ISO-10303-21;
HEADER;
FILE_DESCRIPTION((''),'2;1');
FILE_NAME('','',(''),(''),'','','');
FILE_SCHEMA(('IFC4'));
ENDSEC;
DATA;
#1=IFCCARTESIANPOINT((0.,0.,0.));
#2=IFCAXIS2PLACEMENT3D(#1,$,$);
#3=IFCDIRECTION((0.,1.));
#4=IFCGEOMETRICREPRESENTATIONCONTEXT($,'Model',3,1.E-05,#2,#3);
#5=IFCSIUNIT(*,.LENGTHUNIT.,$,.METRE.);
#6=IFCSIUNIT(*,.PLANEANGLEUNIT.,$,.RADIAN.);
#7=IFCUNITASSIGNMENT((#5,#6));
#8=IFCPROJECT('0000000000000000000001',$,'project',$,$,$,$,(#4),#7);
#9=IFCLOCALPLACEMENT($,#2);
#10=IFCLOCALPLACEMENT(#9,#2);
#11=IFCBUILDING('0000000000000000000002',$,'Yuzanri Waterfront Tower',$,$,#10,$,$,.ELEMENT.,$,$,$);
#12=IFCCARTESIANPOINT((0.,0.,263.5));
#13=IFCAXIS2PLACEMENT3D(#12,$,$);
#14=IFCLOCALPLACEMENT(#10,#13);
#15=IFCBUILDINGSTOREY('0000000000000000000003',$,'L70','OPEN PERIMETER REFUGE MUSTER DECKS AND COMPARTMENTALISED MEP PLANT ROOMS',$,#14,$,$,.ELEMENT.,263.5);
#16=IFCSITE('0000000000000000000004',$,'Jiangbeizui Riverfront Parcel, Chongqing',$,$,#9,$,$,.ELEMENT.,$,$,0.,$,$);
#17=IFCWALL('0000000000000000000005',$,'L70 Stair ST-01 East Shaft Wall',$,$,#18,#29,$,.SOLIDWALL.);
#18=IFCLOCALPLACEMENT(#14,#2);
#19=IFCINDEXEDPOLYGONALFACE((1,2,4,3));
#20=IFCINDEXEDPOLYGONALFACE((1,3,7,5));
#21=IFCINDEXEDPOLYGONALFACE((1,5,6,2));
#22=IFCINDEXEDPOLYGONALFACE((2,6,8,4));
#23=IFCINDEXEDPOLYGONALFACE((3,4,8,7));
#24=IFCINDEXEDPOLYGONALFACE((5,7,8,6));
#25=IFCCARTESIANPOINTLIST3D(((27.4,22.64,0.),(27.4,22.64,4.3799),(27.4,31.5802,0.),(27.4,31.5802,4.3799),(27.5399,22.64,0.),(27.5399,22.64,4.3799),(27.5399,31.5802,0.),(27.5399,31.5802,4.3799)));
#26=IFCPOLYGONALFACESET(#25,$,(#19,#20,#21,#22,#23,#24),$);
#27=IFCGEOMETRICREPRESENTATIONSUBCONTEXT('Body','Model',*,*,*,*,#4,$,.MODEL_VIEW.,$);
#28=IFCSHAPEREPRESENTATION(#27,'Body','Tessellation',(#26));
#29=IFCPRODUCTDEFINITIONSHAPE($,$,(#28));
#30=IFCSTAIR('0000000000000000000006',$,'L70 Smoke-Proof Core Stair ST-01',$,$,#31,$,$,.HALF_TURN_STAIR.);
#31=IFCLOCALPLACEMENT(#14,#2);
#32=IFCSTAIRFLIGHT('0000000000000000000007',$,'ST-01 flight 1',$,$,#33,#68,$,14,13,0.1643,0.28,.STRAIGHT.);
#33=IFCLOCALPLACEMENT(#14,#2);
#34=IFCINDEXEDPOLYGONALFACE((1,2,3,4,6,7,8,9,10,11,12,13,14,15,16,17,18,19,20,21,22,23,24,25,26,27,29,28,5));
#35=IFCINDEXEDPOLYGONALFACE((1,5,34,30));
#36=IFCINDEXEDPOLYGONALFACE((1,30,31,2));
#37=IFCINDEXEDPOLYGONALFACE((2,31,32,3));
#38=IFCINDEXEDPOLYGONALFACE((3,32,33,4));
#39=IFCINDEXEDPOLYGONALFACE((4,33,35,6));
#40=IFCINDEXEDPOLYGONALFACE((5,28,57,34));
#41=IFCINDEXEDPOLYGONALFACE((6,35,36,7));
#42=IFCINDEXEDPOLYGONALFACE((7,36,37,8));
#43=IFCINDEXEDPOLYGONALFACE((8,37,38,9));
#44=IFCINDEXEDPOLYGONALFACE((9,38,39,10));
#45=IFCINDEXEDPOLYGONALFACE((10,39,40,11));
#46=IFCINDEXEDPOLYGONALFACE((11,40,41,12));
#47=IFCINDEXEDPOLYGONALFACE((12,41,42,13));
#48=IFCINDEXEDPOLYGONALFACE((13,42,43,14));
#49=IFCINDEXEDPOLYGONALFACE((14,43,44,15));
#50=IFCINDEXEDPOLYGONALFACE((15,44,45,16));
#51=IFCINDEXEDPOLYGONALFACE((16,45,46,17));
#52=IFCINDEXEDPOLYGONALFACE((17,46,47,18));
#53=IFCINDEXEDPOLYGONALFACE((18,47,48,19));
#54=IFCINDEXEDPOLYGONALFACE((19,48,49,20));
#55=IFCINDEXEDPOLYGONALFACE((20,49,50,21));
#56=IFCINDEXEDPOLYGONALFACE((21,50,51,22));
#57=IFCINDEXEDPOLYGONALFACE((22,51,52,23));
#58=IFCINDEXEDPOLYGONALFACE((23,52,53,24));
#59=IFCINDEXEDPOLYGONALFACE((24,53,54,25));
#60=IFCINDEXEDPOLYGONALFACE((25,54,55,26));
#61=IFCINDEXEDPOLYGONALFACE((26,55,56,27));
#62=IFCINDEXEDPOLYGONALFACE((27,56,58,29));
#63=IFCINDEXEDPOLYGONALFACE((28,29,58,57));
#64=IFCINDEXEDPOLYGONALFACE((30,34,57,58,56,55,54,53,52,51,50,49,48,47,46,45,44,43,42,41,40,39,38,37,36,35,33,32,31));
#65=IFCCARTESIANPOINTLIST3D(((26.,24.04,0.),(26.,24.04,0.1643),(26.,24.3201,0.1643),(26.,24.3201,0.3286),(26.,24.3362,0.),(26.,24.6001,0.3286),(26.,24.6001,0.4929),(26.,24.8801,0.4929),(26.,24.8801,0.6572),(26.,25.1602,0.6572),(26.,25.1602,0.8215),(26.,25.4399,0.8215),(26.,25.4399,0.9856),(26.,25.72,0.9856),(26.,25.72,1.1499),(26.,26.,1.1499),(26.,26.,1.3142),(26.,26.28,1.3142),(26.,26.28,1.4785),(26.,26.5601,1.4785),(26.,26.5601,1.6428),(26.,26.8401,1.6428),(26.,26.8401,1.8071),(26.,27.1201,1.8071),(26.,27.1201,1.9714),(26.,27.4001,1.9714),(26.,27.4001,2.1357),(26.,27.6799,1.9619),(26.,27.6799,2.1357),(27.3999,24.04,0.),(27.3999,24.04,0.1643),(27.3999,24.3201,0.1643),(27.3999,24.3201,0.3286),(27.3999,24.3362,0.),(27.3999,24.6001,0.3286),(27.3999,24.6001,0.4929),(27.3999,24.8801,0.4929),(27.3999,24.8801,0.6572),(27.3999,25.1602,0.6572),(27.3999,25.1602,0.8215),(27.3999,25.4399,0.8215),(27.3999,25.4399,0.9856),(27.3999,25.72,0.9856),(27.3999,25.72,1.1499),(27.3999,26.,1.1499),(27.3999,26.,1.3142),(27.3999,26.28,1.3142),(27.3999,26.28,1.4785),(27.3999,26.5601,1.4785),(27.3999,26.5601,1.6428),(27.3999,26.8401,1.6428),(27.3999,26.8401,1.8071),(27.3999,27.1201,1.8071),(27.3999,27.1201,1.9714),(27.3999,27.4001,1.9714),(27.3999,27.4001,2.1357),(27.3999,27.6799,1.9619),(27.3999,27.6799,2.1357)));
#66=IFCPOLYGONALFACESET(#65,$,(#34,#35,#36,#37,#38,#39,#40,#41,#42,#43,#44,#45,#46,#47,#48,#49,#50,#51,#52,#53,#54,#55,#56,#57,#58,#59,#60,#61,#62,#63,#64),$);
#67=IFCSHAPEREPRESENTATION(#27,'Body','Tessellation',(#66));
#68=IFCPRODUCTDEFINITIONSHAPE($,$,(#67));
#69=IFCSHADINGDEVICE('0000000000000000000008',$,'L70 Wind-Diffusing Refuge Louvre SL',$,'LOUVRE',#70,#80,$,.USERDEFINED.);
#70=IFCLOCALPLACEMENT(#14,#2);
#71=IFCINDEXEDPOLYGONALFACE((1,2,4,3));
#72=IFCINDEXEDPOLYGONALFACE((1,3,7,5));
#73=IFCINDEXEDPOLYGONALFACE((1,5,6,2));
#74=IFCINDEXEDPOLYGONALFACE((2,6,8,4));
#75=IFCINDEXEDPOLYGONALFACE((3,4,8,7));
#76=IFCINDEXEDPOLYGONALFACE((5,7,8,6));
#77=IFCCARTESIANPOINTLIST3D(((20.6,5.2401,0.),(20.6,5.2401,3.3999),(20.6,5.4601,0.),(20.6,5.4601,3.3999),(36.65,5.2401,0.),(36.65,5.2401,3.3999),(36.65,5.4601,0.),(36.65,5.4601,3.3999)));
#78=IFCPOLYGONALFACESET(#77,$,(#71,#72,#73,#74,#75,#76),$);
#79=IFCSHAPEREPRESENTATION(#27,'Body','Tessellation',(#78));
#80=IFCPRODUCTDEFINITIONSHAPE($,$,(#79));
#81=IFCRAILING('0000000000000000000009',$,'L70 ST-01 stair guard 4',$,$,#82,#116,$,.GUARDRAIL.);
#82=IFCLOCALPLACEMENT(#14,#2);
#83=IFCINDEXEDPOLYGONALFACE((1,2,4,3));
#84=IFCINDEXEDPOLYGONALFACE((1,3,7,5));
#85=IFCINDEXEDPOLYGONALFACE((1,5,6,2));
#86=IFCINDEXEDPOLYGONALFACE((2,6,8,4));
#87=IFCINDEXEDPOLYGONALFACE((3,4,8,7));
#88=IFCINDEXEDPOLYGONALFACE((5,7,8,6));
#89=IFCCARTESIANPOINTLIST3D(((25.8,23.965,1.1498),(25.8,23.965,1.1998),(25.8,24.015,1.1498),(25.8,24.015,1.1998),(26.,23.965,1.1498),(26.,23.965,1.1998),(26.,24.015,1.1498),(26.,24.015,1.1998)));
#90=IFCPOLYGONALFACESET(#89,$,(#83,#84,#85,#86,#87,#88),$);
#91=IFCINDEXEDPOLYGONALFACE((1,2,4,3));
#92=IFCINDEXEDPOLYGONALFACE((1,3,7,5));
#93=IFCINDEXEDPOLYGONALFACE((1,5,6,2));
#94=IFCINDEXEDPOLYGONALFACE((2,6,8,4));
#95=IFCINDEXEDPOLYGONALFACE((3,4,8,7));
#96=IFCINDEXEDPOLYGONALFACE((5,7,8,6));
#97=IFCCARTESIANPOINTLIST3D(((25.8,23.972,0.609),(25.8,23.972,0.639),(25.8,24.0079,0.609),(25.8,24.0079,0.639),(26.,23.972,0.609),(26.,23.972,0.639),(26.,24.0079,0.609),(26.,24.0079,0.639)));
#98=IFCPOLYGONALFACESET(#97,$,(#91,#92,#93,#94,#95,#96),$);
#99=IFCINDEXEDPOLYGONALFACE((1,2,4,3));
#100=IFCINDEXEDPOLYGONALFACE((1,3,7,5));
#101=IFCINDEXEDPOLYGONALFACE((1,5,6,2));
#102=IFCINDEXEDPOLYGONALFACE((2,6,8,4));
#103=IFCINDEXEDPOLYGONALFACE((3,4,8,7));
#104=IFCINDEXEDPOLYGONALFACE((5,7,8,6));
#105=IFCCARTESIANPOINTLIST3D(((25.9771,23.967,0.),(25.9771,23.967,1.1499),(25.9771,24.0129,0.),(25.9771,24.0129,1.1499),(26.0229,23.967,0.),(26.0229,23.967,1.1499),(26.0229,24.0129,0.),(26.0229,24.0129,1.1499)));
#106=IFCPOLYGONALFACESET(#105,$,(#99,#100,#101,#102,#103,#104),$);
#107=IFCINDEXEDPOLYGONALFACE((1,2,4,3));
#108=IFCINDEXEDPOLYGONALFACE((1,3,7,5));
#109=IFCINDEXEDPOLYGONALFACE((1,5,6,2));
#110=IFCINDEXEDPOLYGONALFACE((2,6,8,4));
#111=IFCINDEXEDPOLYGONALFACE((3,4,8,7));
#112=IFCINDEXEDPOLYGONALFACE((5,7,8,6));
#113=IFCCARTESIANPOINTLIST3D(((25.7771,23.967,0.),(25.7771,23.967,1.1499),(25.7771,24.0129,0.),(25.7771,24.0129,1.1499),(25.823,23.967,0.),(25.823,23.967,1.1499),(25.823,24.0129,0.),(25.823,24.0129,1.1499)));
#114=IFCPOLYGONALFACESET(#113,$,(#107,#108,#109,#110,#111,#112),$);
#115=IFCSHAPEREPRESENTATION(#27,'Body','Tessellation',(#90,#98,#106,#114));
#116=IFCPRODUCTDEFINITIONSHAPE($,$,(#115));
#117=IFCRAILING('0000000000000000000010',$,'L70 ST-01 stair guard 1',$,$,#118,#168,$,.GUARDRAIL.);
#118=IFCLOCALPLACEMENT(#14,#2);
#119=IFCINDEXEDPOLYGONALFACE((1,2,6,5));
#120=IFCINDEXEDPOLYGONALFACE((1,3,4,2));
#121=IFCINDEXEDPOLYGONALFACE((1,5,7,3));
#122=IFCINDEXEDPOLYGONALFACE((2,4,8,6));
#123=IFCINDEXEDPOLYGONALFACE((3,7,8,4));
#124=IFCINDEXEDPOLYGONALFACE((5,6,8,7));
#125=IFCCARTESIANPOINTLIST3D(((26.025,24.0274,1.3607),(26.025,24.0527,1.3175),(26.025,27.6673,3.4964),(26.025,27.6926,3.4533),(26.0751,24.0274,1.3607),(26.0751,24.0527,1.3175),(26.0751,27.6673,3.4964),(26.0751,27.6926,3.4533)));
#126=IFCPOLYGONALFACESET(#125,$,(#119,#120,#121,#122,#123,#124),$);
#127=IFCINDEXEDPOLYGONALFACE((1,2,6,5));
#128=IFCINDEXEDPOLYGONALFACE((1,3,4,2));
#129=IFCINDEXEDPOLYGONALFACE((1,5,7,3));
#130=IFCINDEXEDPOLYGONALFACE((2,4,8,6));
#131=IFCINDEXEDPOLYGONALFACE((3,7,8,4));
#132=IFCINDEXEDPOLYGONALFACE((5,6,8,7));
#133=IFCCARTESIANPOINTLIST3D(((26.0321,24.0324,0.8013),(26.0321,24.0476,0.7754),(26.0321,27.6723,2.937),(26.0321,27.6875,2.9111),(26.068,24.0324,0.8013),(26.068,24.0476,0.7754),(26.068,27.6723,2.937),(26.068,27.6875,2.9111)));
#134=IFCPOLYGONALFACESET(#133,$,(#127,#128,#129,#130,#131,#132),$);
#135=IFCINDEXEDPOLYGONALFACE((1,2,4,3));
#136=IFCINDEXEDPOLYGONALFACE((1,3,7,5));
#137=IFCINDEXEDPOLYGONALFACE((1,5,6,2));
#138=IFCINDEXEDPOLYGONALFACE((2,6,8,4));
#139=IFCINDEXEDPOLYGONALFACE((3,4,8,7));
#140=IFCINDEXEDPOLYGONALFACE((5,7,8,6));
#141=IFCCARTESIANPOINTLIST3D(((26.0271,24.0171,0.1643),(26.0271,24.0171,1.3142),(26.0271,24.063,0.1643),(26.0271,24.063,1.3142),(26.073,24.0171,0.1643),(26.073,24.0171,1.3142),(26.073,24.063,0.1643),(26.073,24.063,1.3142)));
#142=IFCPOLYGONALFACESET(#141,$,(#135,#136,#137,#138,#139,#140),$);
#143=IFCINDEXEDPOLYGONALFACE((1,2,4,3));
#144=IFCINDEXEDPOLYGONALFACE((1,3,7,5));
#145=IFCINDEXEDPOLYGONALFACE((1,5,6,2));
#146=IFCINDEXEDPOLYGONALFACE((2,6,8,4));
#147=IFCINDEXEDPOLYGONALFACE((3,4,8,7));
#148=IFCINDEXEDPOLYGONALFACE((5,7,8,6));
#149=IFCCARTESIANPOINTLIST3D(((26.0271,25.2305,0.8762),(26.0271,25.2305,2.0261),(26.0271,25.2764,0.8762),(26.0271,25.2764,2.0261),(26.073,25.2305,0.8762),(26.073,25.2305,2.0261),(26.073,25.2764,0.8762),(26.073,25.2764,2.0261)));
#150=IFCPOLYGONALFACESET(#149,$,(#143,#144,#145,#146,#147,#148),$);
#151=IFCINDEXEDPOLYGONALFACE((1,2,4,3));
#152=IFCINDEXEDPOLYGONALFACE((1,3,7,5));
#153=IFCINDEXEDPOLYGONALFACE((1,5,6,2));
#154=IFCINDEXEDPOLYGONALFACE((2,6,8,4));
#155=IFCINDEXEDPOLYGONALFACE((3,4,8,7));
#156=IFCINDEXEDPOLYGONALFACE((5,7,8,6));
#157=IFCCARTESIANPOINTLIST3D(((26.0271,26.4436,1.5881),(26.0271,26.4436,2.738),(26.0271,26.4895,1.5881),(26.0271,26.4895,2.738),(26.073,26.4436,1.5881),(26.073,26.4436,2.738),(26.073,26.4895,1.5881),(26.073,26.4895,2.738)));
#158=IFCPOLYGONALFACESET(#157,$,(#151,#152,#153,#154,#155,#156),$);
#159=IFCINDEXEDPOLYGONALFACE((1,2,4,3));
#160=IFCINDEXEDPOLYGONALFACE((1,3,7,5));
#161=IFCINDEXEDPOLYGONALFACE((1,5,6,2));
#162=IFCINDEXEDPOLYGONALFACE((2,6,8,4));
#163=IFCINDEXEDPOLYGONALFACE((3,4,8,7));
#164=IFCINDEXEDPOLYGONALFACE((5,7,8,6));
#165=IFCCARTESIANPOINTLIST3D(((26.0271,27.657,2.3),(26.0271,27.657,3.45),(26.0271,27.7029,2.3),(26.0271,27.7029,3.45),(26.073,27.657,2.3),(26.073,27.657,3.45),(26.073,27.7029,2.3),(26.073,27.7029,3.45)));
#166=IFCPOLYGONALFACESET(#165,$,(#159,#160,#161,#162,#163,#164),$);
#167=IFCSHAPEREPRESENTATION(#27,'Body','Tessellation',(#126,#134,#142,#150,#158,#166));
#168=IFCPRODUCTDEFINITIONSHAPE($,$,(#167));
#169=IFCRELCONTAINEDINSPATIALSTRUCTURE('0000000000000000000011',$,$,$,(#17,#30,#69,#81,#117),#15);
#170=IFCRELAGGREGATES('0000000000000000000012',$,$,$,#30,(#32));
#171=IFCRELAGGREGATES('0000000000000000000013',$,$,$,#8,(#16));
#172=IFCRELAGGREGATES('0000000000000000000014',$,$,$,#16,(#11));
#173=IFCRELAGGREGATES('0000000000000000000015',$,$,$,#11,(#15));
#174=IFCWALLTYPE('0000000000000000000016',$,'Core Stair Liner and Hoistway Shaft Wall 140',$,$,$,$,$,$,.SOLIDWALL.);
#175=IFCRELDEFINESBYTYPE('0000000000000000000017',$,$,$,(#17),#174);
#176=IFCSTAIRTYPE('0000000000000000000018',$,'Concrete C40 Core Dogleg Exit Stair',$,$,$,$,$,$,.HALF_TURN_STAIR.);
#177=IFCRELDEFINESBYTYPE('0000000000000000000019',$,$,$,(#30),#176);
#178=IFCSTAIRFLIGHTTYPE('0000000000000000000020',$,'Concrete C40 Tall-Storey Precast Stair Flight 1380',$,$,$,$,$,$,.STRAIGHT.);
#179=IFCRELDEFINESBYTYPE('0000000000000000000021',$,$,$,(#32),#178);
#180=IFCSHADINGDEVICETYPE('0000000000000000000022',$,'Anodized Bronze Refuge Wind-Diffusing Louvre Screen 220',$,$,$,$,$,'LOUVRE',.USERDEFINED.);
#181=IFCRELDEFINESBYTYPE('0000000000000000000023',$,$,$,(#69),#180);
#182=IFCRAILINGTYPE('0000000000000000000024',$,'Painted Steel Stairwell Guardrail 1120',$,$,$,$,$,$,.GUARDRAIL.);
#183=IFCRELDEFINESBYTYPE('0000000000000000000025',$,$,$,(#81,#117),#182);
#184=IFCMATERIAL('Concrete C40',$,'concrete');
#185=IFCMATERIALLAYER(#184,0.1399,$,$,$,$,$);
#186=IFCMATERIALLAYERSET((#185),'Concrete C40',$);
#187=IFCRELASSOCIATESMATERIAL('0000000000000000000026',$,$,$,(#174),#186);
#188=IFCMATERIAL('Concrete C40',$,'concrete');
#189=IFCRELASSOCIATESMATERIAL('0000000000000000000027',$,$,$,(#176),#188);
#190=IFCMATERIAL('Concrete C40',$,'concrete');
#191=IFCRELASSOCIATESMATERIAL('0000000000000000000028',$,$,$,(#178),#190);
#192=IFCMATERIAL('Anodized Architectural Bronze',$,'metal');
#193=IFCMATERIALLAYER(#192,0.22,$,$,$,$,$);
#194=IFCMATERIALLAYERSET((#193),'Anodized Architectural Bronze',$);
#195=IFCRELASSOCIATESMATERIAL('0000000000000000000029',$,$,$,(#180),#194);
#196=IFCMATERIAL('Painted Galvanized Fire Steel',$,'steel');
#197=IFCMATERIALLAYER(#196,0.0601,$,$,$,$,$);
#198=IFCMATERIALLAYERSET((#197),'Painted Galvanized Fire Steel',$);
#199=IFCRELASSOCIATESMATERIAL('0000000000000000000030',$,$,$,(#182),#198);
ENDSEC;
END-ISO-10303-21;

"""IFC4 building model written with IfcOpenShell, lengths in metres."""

from ifc_helpers import new_model, si_unit, direction, frame, frame_2d, origin, origin_2d, place, context, subcontext, project, spatial, polyline, rectangle, outline, extrude, source, transform, mapped, material, layer, layer_set, type_object, element, aggregate, save


model = new_model("IFC4")

# Units and contexts
model_context = context("Model", 3, precision=1e-05, world=origin(), true_north=direction((0.0, 1.0)))
body_context = subcontext(model_context, "Body", "Model", "MODEL_VIEW")
ifc_project = project(units=[si_unit("LENGTHUNIT", "METRE"), si_unit("PLANEANGLEUNIT", "RADIAN")], contexts=[model_context])

# Site, building, storey
site_placement = place(None, origin())
site = spatial("IfcSite", under=ifc_project, at=site_placement, Name="Jiangbeizui Riverfront Parcel, Chongqing", CompositionType="ELEMENT", RefElevation=0.0)
building_placement = place(site_placement, origin())
building = spatial("IfcBuilding", under=site, at=building_placement, Name="Yuzanri Waterfront Tower", CompositionType="ELEMENT")
storey_placement = place(building_placement, frame((0.0, 0.0, 263.5)))
storey = spatial("IfcBuildingStorey", under=building, at=storey_placement, Name="L70", Description="OPEN PERIMETER REFUGE MUSTER DECKS AND COMPARTMENTALISED MEP PLANT ROOMS", CompositionType="ELEMENT", Elevation=263.5)

# Shared definitions
ifc_material_1 = material(Name="Concrete C40", Category="concrete")
ifc_layer_1 = layer(ifc_material_1, 0.1399)
ifc_layer_set_1 = layer_set([ifc_layer_1], Name="Concrete C40")
wall_type_1 = type_object("IfcWallType", Name="Core Stair Liner and Hoistway Shaft Wall 140", PredefinedType="SOLIDWALL", material=ifc_layer_set_1)

# Wall
shared_shape_1 = source(origin(), body_context, "Body", "SweptSolid", [
    extrude(rectangle(XDim=8.9402, YDim=0.1399, at=frame_2d((4.4702, 0.0))), origin(), (0.0, 0.0, 1.0), 4.3799),
])
for number, where, z_axis, x_axis, name in (
    (1, (27.47, 22.6399, 0.0), (0.0, 0.0, 1.0), (0.0, 1.0, 0.0), "L70 Stair ST-01 East Shaft Wall"),
):
    element("IfcWall", number, at=place(storey_placement, frame(where, z_axis=z_axis, x_axis=x_axis)), inside=storey, type_object=wall_type_1, Name=name, PredefinedType="SOLIDWALL", context=body_context, shape_type="MappedRepresentation", body=[
        mapped(shared_shape_1, transform((0.0, 0.0, 0.0), scale=1.0)),
    ])

# Stair, stair flight
ifc_material_2 = material(Name="Concrete C40", Category="concrete")
stair_type = type_object("IfcStairType", Name="Concrete C40 Core Dogleg Exit Stair", PredefinedType="HALF_TURN_STAIR", material=ifc_material_2)
stair_placement = place(storey_placement, origin())
stair = element("IfcStair", 2, at=stair_placement, inside=storey, type_object=stair_type, Name="L70 Smoke-Proof Core Stair ST-01", PredefinedType="HALF_TURN_STAIR")
ifc_material_3 = material(Name="Concrete C40", Category="concrete")
stair_flight_type = type_object("IfcStairFlightType", Name="Concrete C40 Tall-Storey Precast Stair Flight 1380", PredefinedType="STRAIGHT", material=ifc_material_3)
shared_shape_2 = source(origin(), body_context, "Body", "SweptSolid", [
    extrude(outline(polyline([(0.0, 0.0), (0.0, 0.1643), (0.28, 0.1643), (0.28, 0.3286), (0.5601, 0.3286), (0.5601, 0.4929), (0.8401, 0.4929), (0.8401, 0.6572), (1.1201, 0.6572), (1.1201, 0.8215), (1.3999, 0.8215), (1.3999, 0.9856), (1.6799, 0.9856), (1.6799, 1.1499), (1.96, 1.1499), (1.96, 1.3142), (2.24, 1.3142), (2.24, 1.4785), (2.52, 1.4785), (2.52, 1.6428), (2.8, 1.6428), (2.8, 1.8071), (3.0801, 1.8071), (3.0801, 1.9714), (3.3601, 1.9714), (3.3601, 2.1357), (3.6399, 2.1357), (3.6399, 2.3), (3.6399, 1.9619), (0.2961, 0.0), (0.0, 0.0)])), frame((0.0, 0.7, 0.0), z_axis=(0.0, -1.0, 0.0), x_axis=(1.0, 0.0, 0.0)), (0.0, 0.0, 1.0), 1.3999),
])
stair_flight_placement = place(storey_placement, frame((26.7, 24.04, 0.0), z_axis=(0.0, 0.0, 1.0), x_axis=(0.0, 1.0, 0.0)))
stair_flight = element("IfcStairFlight", 3, at=stair_flight_placement, type_object=stair_flight_type, Name="ST-01 flight 1", NumberOfRisers=14, NumberOfTreads=13, PredefinedType="STRAIGHT", RiserHeight=0.1643, TreadLength=0.28, context=body_context, shape_type="MappedRepresentation", body=[
    mapped(shared_shape_2, transform((0.0, 0.0, 0.0), scale=1.0)),
])
aggregate(stair, [stair_flight])

# Shading device
ifc_material_4 = material(Name="Anodized Architectural Bronze", Category="metal")
ifc_layer_2 = layer(ifc_material_4, 0.22)
ifc_layer_set_2 = layer_set([ifc_layer_2], Name="Anodized Architectural Bronze")
shading_device_type = type_object("IfcShadingDeviceType", Name="Anodized Bronze Refuge Wind-Diffusing Louvre Screen 220", ElementType="LOUVRE", PredefinedType="USERDEFINED", material=ifc_layer_set_2)
shared_shape_3 = source(origin(), body_context, "Body", "SweptSolid", [
    extrude(rectangle(XDim=16.05, YDim=0.22, at=origin_2d()), origin(), (0.0, 0.0, 1.0), 3.3999),
])
shading_device_placement = place(storey_placement, frame((28.625, 5.3501, 0.0), z_axis=(0.0, 0.0, 1.0), x_axis=(1.0, 0.0, 0.0)))
element("IfcShadingDevice", 4, at=shading_device_placement, inside=storey, type_object=shading_device_type, Name="L70 Wind-Diffusing Refuge Louvre SL", ObjectType="LOUVRE", PredefinedType="USERDEFINED", context=body_context, shape_type="MappedRepresentation", body=[
    mapped(shared_shape_3, transform((0.0, 0.0, 0.0), scale=1.0)),
])

# Railings
ifc_material_5 = material(Name="Painted Galvanized Fire Steel", Category="steel")
ifc_layer_3 = layer(ifc_material_5, 0.0601)
ifc_layer_set_3 = layer_set([ifc_layer_3], Name="Painted Galvanized Fire Steel")
railing_type_1 = type_object("IfcRailingType", Name="Painted Steel Stairwell Guardrail 1120", PredefinedType="GUARDRAIL", material=ifc_layer_set_3)
shared_shape_4 = source(origin(), body_context, "Body", "SweptSolid", [
    extrude(rectangle(XDim=0.05, YDim=0.05, at=origin_2d()), frame((0.0, 0.0, 1.1748), z_axis=(-1.0, 0.0, 0.0), x_axis=(0.0, -1.0, 0.0)), (0.0, 0.0, 1.0), 0.2),
    extrude(rectangle(XDim=0.0359, YDim=0.03, at=origin_2d()), frame((0.0, 0.0, 0.624), z_axis=(-1.0, 0.0, 0.0), x_axis=(0.0, -1.0, 0.0)), (0.0, 0.0, 1.0), 0.2),
    extrude(rectangle(XDim=0.0459, YDim=0.0459, at=origin_2d()), origin(), (0.0, 0.0, 1.0), 1.1499),
    extrude(rectangle(XDim=0.0459, YDim=0.0459, at=origin_2d()), frame((-0.2, 0.0, 0.0)), (0.0, 0.0, 1.0), 1.1499),
])
railing_1_placement = place(storey_placement, frame((26.0, 23.99, 0.0)))
element("IfcRailing", 5, at=railing_1_placement, inside=storey, type_object=railing_type_1, Name="L70 ST-01 stair guard 4", PredefinedType="GUARDRAIL", context=body_context, shape_type="MappedRepresentation", body=[
    mapped(shared_shape_4, transform((0.0, 0.0, 0.0), scale=1.0)),
])
shared_shape_5 = source(origin(), body_context, "Body", "SweptSolid", [
    extrude(rectangle(XDim=0.05, YDim=0.05, at=origin_2d()), frame((0.0, 0.0, 1.1748), z_axis=(0.0, 0.86249, 0.506074), x_axis=(-1.0, 0.0, 0.0)), (0.0, 0.0, 1.0), 4.2202),
    extrude(rectangle(XDim=0.0359, YDim=0.03, at=origin_2d()), frame((0.0, 0.0, 0.624), z_axis=(0.0, 0.86249, 0.506074), x_axis=(-1.0, 0.0, 0.0)), (0.0, 0.0, 1.0), 4.2202),
    extrude(rectangle(XDim=0.0459, YDim=0.0459, at=origin_2d()), origin(), (0.0, 0.0, 1.0), 1.1499),
    extrude(rectangle(XDim=0.0459, YDim=0.0459, at=origin_2d()), frame((0.0, 1.2134, 0.7119)), (0.0, 0.0, 1.0), 1.1499),
    extrude(rectangle(XDim=0.0459, YDim=0.0459, at=origin_2d()), frame((0.0, 2.4265, 1.4238)), (0.0, 0.0, 1.0), 1.1499),
    extrude(rectangle(XDim=0.0459, YDim=0.0459, at=origin_2d()), frame((0.0, 3.6399, 2.1357)), (0.0, 0.0, 1.0), 1.1499),
])
railing_2_placement = place(storey_placement, frame((26.05, 24.04, 0.1643)))
element("IfcRailing", 6, at=railing_2_placement, inside=storey, type_object=railing_type_1, Name="L70 ST-01 stair guard 1", PredefinedType="GUARDRAIL", context=body_context, shape_type="MappedRepresentation", body=[
    mapped(shared_shape_5, transform((0.0, 0.0, 0.0), scale=1.0)),
])

save(model, "model.ifc")
